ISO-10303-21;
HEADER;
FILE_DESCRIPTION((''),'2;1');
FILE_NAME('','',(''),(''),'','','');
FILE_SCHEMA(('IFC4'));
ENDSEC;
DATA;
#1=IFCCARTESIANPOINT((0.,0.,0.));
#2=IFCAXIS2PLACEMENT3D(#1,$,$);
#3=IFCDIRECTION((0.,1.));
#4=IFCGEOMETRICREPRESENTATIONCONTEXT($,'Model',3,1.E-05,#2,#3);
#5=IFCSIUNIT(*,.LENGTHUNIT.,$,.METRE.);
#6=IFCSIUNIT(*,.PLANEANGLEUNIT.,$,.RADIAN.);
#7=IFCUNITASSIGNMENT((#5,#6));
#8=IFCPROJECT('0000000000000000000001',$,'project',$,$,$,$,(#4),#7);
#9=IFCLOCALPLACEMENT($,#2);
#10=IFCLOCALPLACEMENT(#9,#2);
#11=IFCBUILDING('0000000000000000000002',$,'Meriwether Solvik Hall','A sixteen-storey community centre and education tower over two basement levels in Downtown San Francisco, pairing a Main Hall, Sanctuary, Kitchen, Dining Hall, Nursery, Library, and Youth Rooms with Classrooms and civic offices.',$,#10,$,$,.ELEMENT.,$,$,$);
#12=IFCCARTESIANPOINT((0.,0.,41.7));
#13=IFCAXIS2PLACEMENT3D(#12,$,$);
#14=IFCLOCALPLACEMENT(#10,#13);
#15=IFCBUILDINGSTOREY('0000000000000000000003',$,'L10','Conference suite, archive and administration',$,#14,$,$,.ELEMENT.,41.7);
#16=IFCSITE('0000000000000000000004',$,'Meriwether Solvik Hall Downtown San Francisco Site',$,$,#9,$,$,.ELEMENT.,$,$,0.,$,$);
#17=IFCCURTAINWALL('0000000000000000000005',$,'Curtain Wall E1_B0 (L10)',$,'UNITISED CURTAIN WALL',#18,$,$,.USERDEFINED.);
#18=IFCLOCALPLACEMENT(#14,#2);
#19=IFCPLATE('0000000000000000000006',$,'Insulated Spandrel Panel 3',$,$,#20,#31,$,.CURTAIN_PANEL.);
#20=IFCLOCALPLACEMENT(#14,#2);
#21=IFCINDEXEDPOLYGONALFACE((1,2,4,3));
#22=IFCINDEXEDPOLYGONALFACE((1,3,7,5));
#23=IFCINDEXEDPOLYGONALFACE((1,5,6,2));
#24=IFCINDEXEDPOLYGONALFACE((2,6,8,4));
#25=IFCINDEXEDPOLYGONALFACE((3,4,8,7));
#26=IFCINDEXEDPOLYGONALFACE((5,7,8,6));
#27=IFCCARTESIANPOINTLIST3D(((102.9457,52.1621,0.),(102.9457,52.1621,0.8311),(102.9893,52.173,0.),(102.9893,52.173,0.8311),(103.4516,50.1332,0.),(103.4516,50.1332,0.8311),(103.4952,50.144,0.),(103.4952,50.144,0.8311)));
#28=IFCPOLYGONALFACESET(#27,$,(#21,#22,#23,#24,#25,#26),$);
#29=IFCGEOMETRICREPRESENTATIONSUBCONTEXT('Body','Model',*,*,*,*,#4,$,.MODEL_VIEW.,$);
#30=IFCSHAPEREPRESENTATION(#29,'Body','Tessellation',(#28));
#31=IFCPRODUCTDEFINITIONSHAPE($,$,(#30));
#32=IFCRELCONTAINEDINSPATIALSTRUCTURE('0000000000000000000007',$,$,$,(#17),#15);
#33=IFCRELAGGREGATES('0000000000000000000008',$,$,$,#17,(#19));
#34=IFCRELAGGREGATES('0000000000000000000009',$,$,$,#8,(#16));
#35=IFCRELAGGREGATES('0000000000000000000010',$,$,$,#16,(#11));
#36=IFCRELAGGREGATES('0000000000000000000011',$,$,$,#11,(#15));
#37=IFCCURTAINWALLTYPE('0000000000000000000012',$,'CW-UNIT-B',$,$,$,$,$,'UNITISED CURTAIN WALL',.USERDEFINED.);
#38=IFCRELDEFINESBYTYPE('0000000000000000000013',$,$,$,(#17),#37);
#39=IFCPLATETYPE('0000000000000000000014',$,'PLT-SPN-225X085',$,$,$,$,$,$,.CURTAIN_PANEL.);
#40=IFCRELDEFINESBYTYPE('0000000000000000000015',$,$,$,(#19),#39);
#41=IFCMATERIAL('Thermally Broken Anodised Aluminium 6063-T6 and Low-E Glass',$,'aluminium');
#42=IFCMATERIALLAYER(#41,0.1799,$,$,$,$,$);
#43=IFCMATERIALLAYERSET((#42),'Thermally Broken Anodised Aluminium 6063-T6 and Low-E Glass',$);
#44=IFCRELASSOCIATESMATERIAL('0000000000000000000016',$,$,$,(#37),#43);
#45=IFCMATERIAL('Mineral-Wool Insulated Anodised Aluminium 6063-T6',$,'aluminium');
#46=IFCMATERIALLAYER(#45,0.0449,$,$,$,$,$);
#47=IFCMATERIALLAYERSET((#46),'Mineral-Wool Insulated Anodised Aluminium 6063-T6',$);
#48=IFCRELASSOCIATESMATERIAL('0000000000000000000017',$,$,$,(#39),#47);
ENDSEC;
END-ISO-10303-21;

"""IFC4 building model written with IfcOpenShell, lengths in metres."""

from ifc_helpers import new_model, si_unit, direction, frame, origin, origin_2d, place, context, subcontext, project, spatial, rectangle, extrude, material, layer, layer_set, type_object, element, aggregate, save


model = new_model("IFC4")

# Units and contexts
model_context = context("Model", 3, precision=1e-05, world=origin(), true_north=direction((0.0, 1.0)))
body_context = subcontext(model_context, "Body", "Model", "MODEL_VIEW")
ifc_project = project(units=[si_unit("LENGTHUNIT", "METRE"), si_unit("PLANEANGLEUNIT", "RADIAN")], contexts=[model_context])

# Site, building, storey
site_placement = place(None, origin())
site = spatial("IfcSite", under=ifc_project, at=site_placement, Name="Meriwether Solvik Hall Downtown San Francisco Site", CompositionType="ELEMENT", RefElevation=0.0)
building_placement = place(site_placement, origin())
building = spatial("IfcBuilding", under=site, at=building_placement, Name="Meriwether Solvik Hall", Description="A sixteen-storey community centre and education tower over two basement levels in Downtown San Francisco, pairing a Main Hall, Sanctuary, Kitchen, Dining Hall, Nursery, Library, and Youth Rooms with Classrooms and civic offices.", CompositionType="ELEMENT")
storey_placement = place(building_placement, frame((0.0, 0.0, 41.7)))
storey = spatial("IfcBuildingStorey", under=building, at=storey_placement, Name="L10", Description="Conference suite, archive and administration", CompositionType="ELEMENT", Elevation=41.7)

# Curtain wall
ifc_material_1 = material(Name="Thermally Broken Anodised Aluminium 6063-T6 and Low-E Glass", Category="aluminium")
ifc_layer_1 = layer(ifc_material_1, 0.1799)
ifc_layer_set_1 = layer_set([ifc_layer_1], Name="Thermally Broken Anodised Aluminium 6063-T6 and Low-E Glass")
curtain_wall_type_1 = type_object("IfcCurtainWallType", Name="CW-UNIT-B", ElementType="UNITISED CURTAIN WALL", PredefinedType="USERDEFINED", material=ifc_layer_set_1)
curtain_wall_1_placement = place(storey_placement, origin())
curtain_wall_1 = element("IfcCurtainWall", 1, at=curtain_wall_1_placement, inside=storey, type_object=curtain_wall_type_1, Name="Curtain Wall E1_B0 (L10)", ObjectType="UNITISED CURTAIN WALL", PredefinedType="USERDEFINED")

# Plate
ifc_material_2 = material(Name="Mineral-Wool Insulated Anodised Aluminium 6063-T6", Category="aluminium")
ifc_layer_2 = layer(ifc_material_2, 0.0449)
ifc_layer_set_2 = layer_set([ifc_layer_2], Name="Mineral-Wool Insulated Anodised Aluminium 6063-T6")
plate_type_1 = type_object("IfcPlateType", Name="PLT-SPN-225X085", PredefinedType="CURTAIN_PANEL", material=ifc_layer_set_2)
plate_1_placement = place(storey_placement, frame((103.2205, 51.1531, 0.0), z_axis=(0.0, 0.0, 1.0), x_axis=(0.241922, -0.970296, 0.0)))
plate_1 = element("IfcPlate", 2, at=plate_1_placement, type_object=plate_type_1, Name="Insulated Spandrel Panel 3", PredefinedType="CURTAIN_PANEL", context=body_context, shape_type="SweptSolid", body=[
    extrude(rectangle(XDim=2.0911, YDim=0.0449, at=origin_2d()), origin(), (0.0, 0.0, 1.0), 0.8311),
])
aggregate(curtain_wall_1, [plate_1])

save(model, "model.ifc")
